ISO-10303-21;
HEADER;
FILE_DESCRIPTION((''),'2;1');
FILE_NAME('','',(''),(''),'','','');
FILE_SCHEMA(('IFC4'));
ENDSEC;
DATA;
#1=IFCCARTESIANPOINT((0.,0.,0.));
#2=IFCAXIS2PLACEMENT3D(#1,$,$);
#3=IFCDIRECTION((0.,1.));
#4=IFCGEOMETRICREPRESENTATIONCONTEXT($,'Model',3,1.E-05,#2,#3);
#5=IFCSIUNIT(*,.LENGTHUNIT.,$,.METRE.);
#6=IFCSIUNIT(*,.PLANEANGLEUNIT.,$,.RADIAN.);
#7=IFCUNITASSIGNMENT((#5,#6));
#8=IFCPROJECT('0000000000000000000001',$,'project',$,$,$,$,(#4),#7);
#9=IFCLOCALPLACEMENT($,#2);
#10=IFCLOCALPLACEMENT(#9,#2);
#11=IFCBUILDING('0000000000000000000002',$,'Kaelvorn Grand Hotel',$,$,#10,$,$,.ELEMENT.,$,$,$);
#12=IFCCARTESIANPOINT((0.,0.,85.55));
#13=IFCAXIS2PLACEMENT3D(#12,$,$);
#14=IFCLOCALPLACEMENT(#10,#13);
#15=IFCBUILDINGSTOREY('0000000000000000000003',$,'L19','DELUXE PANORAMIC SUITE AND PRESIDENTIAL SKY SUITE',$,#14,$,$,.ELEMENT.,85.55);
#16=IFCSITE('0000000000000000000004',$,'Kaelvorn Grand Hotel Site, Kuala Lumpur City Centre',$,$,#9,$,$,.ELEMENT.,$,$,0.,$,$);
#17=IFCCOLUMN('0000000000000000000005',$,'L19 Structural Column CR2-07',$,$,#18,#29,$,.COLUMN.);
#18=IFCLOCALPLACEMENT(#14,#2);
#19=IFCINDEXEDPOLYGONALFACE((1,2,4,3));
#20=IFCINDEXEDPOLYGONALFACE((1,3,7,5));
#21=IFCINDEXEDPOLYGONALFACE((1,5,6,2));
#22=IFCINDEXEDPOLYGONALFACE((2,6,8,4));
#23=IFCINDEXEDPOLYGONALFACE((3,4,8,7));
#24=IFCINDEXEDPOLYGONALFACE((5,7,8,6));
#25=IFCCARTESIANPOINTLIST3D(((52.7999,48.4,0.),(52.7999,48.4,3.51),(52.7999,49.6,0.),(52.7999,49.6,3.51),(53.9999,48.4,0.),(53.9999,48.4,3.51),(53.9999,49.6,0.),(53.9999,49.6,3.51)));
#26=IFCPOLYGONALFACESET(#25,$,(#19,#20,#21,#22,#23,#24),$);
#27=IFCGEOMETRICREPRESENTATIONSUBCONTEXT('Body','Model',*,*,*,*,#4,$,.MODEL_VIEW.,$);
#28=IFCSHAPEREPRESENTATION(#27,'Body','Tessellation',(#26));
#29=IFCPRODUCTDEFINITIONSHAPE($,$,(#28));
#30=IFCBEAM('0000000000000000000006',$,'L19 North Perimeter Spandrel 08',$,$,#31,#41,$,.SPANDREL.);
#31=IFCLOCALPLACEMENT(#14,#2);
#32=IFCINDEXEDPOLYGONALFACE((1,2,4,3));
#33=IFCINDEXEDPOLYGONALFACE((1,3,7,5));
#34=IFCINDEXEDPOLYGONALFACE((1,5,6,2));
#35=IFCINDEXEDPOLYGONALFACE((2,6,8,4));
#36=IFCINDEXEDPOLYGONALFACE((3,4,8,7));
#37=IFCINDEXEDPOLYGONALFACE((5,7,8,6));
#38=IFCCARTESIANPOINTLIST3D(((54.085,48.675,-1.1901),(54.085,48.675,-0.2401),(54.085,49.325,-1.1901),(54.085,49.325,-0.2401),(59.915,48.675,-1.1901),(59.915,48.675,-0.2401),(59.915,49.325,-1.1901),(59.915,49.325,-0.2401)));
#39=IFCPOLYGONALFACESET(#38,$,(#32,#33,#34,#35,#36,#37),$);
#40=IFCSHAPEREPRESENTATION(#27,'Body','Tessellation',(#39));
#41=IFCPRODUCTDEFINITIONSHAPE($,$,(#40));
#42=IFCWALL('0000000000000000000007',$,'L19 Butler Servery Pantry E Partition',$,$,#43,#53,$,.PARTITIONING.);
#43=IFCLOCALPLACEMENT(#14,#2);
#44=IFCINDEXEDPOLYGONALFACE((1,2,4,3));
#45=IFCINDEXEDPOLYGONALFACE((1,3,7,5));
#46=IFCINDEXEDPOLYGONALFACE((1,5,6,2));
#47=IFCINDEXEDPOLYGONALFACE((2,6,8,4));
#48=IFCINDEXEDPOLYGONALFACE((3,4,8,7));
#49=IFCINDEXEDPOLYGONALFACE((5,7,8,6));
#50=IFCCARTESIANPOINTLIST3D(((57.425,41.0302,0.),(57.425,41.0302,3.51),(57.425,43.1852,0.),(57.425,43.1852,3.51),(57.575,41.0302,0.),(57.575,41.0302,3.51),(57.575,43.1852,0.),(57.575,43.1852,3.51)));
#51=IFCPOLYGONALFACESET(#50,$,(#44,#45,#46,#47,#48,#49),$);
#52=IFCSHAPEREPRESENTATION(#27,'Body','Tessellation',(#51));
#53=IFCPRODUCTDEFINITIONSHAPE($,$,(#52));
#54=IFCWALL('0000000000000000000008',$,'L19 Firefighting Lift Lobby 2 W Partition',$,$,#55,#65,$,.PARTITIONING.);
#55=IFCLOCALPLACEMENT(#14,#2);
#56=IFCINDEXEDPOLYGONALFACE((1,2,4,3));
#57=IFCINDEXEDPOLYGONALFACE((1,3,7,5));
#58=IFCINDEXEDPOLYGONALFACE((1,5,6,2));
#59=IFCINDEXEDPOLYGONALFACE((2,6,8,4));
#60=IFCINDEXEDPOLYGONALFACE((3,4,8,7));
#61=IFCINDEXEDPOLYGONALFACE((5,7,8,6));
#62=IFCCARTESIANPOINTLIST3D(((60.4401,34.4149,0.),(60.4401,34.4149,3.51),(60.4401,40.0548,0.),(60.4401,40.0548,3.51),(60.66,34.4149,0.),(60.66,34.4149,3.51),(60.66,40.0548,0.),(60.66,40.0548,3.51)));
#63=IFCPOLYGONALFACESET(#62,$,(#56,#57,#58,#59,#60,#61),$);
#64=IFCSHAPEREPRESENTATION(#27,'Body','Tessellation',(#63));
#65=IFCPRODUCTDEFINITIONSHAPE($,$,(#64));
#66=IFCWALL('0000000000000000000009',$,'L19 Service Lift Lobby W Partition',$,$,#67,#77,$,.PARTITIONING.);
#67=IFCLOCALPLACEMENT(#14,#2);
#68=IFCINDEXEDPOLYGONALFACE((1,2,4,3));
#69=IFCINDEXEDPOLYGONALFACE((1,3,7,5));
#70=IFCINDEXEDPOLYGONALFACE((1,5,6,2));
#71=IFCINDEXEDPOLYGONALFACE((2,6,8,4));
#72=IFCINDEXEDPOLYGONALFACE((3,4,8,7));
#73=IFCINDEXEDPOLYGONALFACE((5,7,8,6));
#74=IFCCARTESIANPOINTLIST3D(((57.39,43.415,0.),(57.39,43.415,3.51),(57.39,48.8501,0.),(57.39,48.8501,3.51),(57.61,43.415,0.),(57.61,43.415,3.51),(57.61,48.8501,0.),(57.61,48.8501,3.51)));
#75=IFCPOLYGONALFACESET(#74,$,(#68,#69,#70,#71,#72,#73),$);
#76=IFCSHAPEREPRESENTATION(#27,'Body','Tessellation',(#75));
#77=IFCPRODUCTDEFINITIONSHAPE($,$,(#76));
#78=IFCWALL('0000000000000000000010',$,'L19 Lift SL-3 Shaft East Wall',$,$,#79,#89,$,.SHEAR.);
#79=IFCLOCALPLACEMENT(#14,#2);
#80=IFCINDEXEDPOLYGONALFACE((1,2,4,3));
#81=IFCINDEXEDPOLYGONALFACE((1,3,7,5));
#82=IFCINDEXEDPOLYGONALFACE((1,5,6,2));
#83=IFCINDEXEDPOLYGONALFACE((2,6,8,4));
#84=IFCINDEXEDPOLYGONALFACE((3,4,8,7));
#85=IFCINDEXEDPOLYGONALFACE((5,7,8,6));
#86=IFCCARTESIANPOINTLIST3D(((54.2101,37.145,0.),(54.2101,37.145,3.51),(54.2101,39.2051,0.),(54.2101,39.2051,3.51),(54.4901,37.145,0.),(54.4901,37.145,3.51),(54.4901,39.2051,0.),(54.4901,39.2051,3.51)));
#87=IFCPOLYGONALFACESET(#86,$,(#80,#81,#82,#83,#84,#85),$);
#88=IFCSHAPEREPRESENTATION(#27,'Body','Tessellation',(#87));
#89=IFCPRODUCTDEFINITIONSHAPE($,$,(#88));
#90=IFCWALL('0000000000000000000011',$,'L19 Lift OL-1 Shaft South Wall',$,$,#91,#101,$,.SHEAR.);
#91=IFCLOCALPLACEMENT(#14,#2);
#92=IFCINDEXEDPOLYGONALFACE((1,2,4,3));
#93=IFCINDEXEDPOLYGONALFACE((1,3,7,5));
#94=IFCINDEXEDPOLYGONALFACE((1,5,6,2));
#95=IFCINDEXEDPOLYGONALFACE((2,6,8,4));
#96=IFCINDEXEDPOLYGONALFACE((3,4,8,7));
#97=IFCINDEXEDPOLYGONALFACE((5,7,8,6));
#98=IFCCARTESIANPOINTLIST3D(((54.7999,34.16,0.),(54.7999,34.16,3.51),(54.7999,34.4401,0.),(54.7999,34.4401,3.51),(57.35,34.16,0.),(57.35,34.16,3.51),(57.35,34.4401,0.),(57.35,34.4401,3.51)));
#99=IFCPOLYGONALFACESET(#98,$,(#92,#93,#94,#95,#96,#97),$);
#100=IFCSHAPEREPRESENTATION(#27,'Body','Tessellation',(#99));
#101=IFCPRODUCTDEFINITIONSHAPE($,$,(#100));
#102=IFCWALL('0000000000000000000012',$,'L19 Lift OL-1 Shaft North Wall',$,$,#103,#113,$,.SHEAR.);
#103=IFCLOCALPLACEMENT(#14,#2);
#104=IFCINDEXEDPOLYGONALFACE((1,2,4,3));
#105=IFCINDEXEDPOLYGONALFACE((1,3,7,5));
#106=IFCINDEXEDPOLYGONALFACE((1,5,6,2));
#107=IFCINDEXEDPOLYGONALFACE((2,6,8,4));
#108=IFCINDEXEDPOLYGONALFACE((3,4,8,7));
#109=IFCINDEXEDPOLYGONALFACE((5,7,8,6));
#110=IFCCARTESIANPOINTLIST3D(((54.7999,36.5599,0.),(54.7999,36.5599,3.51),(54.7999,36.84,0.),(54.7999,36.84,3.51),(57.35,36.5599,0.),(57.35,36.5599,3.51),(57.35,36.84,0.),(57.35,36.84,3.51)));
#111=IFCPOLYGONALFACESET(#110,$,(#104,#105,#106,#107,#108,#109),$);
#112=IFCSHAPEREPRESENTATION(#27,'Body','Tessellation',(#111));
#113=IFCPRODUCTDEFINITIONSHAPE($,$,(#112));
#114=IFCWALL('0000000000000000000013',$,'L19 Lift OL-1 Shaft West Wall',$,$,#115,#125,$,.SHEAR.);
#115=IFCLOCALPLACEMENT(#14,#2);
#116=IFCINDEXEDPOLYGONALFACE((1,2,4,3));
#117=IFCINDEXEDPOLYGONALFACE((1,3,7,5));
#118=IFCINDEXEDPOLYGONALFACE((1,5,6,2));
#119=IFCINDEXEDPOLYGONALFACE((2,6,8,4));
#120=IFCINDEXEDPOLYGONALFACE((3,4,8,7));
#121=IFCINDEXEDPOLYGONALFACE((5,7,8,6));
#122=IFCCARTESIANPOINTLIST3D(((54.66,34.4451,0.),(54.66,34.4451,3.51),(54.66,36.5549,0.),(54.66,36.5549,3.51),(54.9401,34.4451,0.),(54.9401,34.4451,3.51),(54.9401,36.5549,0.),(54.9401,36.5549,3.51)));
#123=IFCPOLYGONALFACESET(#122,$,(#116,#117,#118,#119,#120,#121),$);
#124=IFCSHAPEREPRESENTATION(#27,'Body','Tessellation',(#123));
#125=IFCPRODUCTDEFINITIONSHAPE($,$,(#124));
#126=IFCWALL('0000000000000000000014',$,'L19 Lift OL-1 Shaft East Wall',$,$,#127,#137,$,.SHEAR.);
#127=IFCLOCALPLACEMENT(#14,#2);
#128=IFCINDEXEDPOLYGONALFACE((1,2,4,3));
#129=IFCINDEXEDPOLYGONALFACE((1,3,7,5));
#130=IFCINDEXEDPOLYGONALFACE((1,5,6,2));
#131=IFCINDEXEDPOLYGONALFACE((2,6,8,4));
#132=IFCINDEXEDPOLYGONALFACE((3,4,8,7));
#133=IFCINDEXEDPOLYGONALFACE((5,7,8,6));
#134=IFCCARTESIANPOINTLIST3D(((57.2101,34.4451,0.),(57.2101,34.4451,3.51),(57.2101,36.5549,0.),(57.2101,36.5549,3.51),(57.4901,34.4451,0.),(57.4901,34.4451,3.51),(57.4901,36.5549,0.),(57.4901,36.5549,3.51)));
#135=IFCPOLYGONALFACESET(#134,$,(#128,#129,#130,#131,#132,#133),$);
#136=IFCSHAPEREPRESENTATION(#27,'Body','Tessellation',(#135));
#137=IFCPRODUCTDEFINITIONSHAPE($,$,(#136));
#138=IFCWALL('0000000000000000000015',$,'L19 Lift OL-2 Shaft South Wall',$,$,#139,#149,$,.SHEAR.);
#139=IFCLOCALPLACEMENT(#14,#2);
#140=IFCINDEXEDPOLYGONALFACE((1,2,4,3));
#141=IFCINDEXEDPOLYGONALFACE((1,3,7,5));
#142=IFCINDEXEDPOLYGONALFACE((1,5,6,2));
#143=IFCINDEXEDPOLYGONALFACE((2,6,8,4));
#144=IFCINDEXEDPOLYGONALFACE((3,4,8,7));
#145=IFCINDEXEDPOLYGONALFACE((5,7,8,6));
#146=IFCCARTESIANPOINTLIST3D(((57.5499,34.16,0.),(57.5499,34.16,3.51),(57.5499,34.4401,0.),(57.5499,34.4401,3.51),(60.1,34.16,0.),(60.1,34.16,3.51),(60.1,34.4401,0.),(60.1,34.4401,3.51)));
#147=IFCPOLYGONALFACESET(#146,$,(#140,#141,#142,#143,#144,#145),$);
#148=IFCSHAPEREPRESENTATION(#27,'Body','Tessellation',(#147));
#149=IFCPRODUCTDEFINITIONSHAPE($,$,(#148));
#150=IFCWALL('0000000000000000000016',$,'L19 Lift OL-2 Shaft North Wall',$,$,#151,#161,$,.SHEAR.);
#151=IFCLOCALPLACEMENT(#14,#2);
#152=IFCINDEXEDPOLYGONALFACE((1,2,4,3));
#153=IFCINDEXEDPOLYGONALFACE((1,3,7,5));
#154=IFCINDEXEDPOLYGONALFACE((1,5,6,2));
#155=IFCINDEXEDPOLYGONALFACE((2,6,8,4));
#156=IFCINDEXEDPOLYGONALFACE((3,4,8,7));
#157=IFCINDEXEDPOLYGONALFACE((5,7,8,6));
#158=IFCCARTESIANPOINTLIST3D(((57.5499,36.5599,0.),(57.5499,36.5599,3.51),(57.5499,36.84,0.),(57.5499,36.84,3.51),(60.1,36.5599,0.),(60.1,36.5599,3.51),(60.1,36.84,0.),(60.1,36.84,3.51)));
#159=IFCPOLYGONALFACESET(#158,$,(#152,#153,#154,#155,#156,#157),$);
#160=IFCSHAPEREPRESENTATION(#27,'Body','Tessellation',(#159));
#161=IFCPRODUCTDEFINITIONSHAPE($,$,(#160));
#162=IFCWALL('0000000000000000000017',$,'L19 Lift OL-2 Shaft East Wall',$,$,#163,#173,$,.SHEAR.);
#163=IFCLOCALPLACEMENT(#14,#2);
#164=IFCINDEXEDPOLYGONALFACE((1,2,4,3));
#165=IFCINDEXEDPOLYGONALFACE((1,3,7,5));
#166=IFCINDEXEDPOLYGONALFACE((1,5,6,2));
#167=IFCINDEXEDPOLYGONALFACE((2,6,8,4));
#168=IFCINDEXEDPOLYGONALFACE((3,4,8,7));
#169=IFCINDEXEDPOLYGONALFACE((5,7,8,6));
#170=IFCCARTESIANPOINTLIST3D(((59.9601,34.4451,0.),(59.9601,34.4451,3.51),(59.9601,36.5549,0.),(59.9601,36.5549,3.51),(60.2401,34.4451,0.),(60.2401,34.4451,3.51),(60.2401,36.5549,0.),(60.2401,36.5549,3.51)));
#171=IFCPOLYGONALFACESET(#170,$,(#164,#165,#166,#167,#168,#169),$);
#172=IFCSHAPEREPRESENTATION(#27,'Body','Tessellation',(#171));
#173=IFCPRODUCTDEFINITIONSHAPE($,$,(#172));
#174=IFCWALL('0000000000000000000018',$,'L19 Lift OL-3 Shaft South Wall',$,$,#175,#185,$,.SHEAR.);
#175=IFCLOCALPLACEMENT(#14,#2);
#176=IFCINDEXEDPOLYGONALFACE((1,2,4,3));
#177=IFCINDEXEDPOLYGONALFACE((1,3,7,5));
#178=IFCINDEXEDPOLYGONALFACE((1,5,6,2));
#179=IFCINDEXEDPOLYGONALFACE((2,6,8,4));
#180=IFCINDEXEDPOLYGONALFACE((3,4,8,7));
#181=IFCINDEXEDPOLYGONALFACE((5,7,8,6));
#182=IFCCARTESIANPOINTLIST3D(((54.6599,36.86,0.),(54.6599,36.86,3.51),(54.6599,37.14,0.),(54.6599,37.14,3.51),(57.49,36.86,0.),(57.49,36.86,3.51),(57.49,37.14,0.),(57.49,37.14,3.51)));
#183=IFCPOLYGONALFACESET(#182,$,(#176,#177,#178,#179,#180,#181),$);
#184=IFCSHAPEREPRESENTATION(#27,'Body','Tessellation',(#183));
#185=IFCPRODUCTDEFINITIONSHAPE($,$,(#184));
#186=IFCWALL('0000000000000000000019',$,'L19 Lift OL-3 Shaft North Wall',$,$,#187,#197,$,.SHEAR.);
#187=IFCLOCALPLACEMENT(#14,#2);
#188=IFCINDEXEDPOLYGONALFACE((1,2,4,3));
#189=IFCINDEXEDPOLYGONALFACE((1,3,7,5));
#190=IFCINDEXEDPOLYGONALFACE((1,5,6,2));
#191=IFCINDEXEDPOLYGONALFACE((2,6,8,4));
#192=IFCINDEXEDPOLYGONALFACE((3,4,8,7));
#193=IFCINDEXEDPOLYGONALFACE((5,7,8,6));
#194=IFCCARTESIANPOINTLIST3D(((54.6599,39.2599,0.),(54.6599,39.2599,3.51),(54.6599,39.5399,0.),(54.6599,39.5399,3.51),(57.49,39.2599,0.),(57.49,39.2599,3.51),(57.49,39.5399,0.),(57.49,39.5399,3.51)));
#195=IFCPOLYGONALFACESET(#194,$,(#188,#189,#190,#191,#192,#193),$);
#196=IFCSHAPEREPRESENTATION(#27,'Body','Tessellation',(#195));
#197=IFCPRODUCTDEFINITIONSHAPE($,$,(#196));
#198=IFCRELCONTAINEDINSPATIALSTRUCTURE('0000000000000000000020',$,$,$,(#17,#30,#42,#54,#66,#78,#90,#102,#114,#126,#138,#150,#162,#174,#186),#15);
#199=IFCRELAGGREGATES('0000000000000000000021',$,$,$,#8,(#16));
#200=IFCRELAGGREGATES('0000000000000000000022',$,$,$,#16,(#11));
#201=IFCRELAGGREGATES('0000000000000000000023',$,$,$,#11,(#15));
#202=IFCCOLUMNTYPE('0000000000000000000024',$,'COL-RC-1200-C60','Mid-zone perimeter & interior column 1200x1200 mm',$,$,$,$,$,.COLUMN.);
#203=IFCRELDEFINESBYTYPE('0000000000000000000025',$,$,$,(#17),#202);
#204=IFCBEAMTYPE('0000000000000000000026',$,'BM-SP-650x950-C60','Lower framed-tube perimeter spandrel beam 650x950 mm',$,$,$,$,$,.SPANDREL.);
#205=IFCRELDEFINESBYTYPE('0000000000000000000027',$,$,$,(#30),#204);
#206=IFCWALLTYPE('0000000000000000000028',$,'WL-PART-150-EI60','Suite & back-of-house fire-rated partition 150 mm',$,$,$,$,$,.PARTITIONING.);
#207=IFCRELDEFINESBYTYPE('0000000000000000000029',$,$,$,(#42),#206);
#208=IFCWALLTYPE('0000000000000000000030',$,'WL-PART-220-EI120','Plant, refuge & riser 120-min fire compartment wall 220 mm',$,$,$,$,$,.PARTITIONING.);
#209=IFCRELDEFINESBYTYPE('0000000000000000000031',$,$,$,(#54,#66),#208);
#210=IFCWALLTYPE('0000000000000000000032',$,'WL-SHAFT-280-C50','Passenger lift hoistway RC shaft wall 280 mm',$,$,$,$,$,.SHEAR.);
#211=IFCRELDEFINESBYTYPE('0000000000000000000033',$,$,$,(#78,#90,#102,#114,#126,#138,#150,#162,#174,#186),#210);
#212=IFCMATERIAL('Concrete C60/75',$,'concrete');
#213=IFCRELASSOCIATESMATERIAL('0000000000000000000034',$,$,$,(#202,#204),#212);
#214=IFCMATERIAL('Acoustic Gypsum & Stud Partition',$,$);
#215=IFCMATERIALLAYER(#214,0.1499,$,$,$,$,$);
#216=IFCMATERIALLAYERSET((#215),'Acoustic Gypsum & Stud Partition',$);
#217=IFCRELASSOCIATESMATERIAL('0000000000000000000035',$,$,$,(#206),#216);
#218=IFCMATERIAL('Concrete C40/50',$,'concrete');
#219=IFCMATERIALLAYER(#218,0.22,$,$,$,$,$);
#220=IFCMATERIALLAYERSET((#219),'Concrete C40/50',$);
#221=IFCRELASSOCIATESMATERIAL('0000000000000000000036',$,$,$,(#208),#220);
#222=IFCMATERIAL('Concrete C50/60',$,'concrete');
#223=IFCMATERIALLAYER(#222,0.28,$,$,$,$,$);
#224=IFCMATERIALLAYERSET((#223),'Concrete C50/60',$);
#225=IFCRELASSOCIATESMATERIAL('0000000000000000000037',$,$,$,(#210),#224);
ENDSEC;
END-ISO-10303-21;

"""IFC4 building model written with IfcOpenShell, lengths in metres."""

from ifc_helpers import new_model, si_unit, direction, frame, frame_2d, origin, origin_2d, place, context, subcontext, project, spatial, rectangle, extrude, material, layer, layer_set, material_profile, profile_set, type_object, element, save


model = new_model("IFC4")

# Units and contexts
model_context = context("Model", 3, precision=1e-05, world=origin(), true_north=direction((0.0, 1.0)))
body_context = subcontext(model_context, "Body", "Model", "MODEL_VIEW")
ifc_project = project(units=[si_unit("LENGTHUNIT", "METRE"), si_unit("PLANEANGLEUNIT", "RADIAN")], contexts=[model_context])

# Site, building, storey
site_placement = place(None, origin())
site = spatial("IfcSite", under=ifc_project, at=site_placement, Name="Kaelvorn Grand Hotel Site, Kuala Lumpur City Centre", CompositionType="ELEMENT", RefElevation=0.0)
building_placement = place(site_placement, origin())
building = spatial("IfcBuilding", under=site, at=building_placement, Name="Kaelvorn Grand Hotel", CompositionType="ELEMENT")
storey_placement = place(building_placement, frame((0.0, 0.0, 85.55)))
storey = spatial("IfcBuildingStorey", under=building, at=storey_placement, Name="L19", Description="DELUXE PANORAMIC SUITE AND PRESIDENTIAL SKY SUITE", CompositionType="ELEMENT", Elevation=85.55)

# Column
ifc_material_1 = material(Name="Concrete C60/75", Category="concrete")
ifc_material_profile_1 = material_profile(ifc_material_1, rectangle(XDim=1.2, YDim=1.2, at=origin_2d()), Name="RC COL 1200x1200")
ifc_profile_set_1 = profile_set([ifc_material_profile_1], Name="Concrete C60/75")
column_type = type_object("IfcColumnType", Name="COL-RC-1200-C60", Description="Mid-zone perimeter & interior column 1200x1200 mm", PredefinedType="COLUMN", material=ifc_profile_set_1)
column_placement = place(storey_placement, frame((53.3999, 49.0, 0.0), z_axis=(0.0, 0.0, 1.0), x_axis=(1.0, 0.0, 0.0)))
element("IfcColumn", 1, at=column_placement, inside=storey, type_object=column_type, Name="L19 Structural Column CR2-07", PredefinedType="COLUMN", context=body_context, shape_type="SweptSolid", body=[
    extrude(rectangle(XDim=1.2, YDim=1.2, at=origin_2d()), origin(), (0.0, 0.0, 1.0), 3.51),
])

# Beam
ifc_material_profile_2 = material_profile(ifc_material_1, rectangle(XDim=0.6499, YDim=0.95, at=origin_2d()), Name="RC SPANDREL 650x950")
ifc_profile_set_2 = profile_set([ifc_material_profile_2], Name="Concrete C60/75")
beam_type = type_object("IfcBeamType", Name="BM-SP-650x950-C60", Description="Lower framed-tube perimeter spandrel beam 650x950 mm", PredefinedType="SPANDREL", material=ifc_profile_set_2)
beam_placement = place(storey_placement, frame((54.085, 49.0, -0.7151), z_axis=(1.0, 0.0, 0.0), x_axis=(0.0, 1.0, 0.0)))
element("IfcBeam", 2, at=beam_placement, inside=storey, type_object=beam_type, Name="L19 North Perimeter Spandrel 08", PredefinedType="SPANDREL", context=body_context, shape_type="SweptSolid", body=[
    extrude(rectangle(XDim=0.6499, YDim=0.95, at=origin_2d()), origin(), (0.0, 0.0, 1.0), 5.8301),
])

# Wall
ifc_material_2 = material(Name="Acoustic Gypsum & Stud Partition")
ifc_layer_1 = layer(ifc_material_2, 0.1499)
ifc_layer_set_1 = layer_set([ifc_layer_1], Name="Acoustic Gypsum & Stud Partition")
wall_type_1 = type_object("IfcWallType", Name="WL-PART-150-EI60", Description="Suite & back-of-house fire-rated partition 150 mm", PredefinedType="PARTITIONING", material=ifc_layer_set_1)
wall_1_placement = place(storey_placement, frame((57.5, 41.03, 0.0), z_axis=(0.0, 0.0, 1.0), x_axis=(0.0, 1.0, 0.0)))
element("IfcWall", 3, at=wall_1_placement, inside=storey, type_object=wall_type_1, Name="L19 Butler Servery Pantry E Partition", PredefinedType="PARTITIONING", context=body_context, shape_type="SweptSolid", body=[
    extrude(rectangle(XDim=2.155, YDim=0.1499, at=frame_2d((1.0776, 0.0))), origin(), (0.0, 0.0, 1.0), 3.51),
])

# Shared definitions
ifc_material_3 = material(Name="Concrete C40/50", Category="concrete")
ifc_layer_2 = layer(ifc_material_3, 0.22)
ifc_layer_set_2 = layer_set([ifc_layer_2], Name="Concrete C40/50")
wall_type_2 = type_object("IfcWallType", Name="WL-PART-220-EI120", Description="Plant, refuge & riser 120-min fire compartment wall 220 mm", PredefinedType="PARTITIONING", material=ifc_layer_set_2)

# Wall
wall_2_placement = place(storey_placement, frame((60.55, 34.415, 0.0), z_axis=(0.0, 0.0, 1.0), x_axis=(0.0, 1.0, 0.0)))
element("IfcWall", 4, at=wall_2_placement, inside=storey, type_object=wall_type_2, Name="L19 Firefighting Lift Lobby 2 W Partition", PredefinedType="PARTITIONING", context=body_context, shape_type="SweptSolid", body=[
    extrude(rectangle(XDim=5.6399, YDim=0.22, at=frame_2d((2.8198, 0.0))), origin(), (0.0, 0.0, 1.0), 3.51),
])

# Walls
wall_3_placement = place(storey_placement, frame((57.5, 43.415, 0.0), z_axis=(0.0, 0.0, 1.0), x_axis=(0.0, 1.0, 0.0)))
element("IfcWall", 5, at=wall_3_placement, inside=storey, type_object=wall_type_2, Name="L19 Service Lift Lobby W Partition", PredefinedType="PARTITIONING", context=body_context, shape_type="SweptSolid", body=[
    extrude(rectangle(XDim=5.4351, YDim=0.22, at=frame_2d((2.7175, 0.0))), origin(), (0.0, 0.0, 1.0), 3.51),
])
ifc_material_4 = material(Name="Concrete C50/60", Category="concrete")
ifc_layer_3 = layer(ifc_material_4, 0.28)
ifc_layer_set_3 = layer_set([ifc_layer_3], Name="Concrete C50/60")
wall_type_3 = type_object("IfcWallType", Name="WL-SHAFT-280-C50", Description="Passenger lift hoistway RC shaft wall 280 mm", PredefinedType="SHEAR", material=ifc_layer_set_3)
wall_4_placement = place(storey_placement, frame((54.3501, 37.145, 0.0), z_axis=(0.0, 0.0, 1.0), x_axis=(0.0, 1.0, 0.0)))
element("IfcWall", 6, at=wall_4_placement, inside=storey, type_object=wall_type_3, Name="L19 Lift SL-3 Shaft East Wall", PredefinedType="SHEAR", context=body_context, shape_type="SweptSolid", body=[
    extrude(rectangle(XDim=2.0601, YDim=0.28, at=frame_2d((1.03, 0.0))), origin(), (0.0, 0.0, 1.0), 3.51),
])
for number, where, z_axis, x_axis, name in (
    (7, (54.8, 34.3, 0.0), (0.0, 0.0, 1.0), (1.0, 0.0, 0.0), "L19 Lift OL-1 Shaft South Wall"),
    (8, (54.8, 36.7, 0.0), (0.0, 0.0, 1.0), (1.0, 0.0, 0.0), "L19 Lift OL-1 Shaft North Wall"),
):
    element("IfcWall", number, at=place(storey_placement, frame(where, z_axis=z_axis, x_axis=x_axis)), inside=storey, type_object=wall_type_3, Name=name, PredefinedType="SHEAR", context=body_context, shape_type="SweptSolid", body=[
        extrude(rectangle(XDim=2.55, YDim=0.28, at=frame_2d((1.2749, 0.0))), origin(), (0.0, 0.0, 1.0), 3.51),
    ])
for number, where, z_axis, x_axis, name in (
    (9, (54.8, 34.4451, 0.0), (0.0, 0.0, 1.0), (0.0, 1.0, 0.0), "L19 Lift OL-1 Shaft West Wall"),
    (10, (57.3501, 34.4451, 0.0), (0.0, 0.0, 1.0), (0.0, 1.0, 0.0), "L19 Lift OL-1 Shaft East Wall"),
):
    element("IfcWall", number, at=place(storey_placement, frame(where, z_axis=z_axis, x_axis=x_axis)), inside=storey, type_object=wall_type_3, Name=name, PredefinedType="SHEAR", context=body_context, shape_type="SweptSolid", body=[
        extrude(rectangle(XDim=2.1099, YDim=0.28, at=frame_2d((1.0549, 0.0))), origin(), (0.0, 0.0, 1.0), 3.51),
    ])
for number, where, z_axis, x_axis, name in (
    (11, (57.55, 34.3, 0.0), (0.0, 0.0, 1.0), (1.0, 0.0, 0.0), "L19 Lift OL-2 Shaft South Wall"),
    (12, (57.55, 36.7, 0.0), (0.0, 0.0, 1.0), (1.0, 0.0, 0.0), "L19 Lift OL-2 Shaft North Wall"),
):
    element("IfcWall", number, at=place(storey_placement, frame(where, z_axis=z_axis, x_axis=x_axis)), inside=storey, type_object=wall_type_3, Name=name, PredefinedType="SHEAR", context=body_context, shape_type="SweptSolid", body=[
        extrude(rectangle(XDim=2.55, YDim=0.28, at=frame_2d((1.2749, 0.0))), origin(), (0.0, 0.0, 1.0), 3.51),
    ])
wall_5_placement = place(storey_placement, frame((60.1001, 34.4451, 0.0), z_axis=(0.0, 0.0, 1.0), x_axis=(0.0, 1.0, 0.0)))
element("IfcWall", 13, at=wall_5_placement, inside=storey, type_object=wall_type_3, Name="L19 Lift OL-2 Shaft East Wall", PredefinedType="SHEAR", context=body_context, shape_type="SweptSolid", body=[
    extrude(rectangle(XDim=2.1099, YDim=0.28, at=frame_2d((1.0549, 0.0))), origin(), (0.0, 0.0, 1.0), 3.51),
])
for number, where, z_axis, x_axis, name in (
    (14, (54.6599, 37.0, 0.0), (0.0, 0.0, 1.0), (1.0, 0.0, 0.0), "L19 Lift OL-3 Shaft South Wall"),
    (15, (54.6599, 39.3999, 0.0), (0.0, 0.0, 1.0), (1.0, 0.0, 0.0), "L19 Lift OL-3 Shaft North Wall"),
):
    element("IfcWall", number, at=place(storey_placement, frame(where, z_axis=z_axis, x_axis=x_axis)), inside=storey, type_object=wall_type_3, Name=name, PredefinedType="SHEAR", context=body_context, shape_type="SweptSolid", body=[
        extrude(rectangle(XDim=2.8301, YDim=0.28, at=frame_2d((1.415, 0.0))), origin(), (0.0, 0.0, 1.0), 3.51),
    ])

save(model, "model.ifc")
